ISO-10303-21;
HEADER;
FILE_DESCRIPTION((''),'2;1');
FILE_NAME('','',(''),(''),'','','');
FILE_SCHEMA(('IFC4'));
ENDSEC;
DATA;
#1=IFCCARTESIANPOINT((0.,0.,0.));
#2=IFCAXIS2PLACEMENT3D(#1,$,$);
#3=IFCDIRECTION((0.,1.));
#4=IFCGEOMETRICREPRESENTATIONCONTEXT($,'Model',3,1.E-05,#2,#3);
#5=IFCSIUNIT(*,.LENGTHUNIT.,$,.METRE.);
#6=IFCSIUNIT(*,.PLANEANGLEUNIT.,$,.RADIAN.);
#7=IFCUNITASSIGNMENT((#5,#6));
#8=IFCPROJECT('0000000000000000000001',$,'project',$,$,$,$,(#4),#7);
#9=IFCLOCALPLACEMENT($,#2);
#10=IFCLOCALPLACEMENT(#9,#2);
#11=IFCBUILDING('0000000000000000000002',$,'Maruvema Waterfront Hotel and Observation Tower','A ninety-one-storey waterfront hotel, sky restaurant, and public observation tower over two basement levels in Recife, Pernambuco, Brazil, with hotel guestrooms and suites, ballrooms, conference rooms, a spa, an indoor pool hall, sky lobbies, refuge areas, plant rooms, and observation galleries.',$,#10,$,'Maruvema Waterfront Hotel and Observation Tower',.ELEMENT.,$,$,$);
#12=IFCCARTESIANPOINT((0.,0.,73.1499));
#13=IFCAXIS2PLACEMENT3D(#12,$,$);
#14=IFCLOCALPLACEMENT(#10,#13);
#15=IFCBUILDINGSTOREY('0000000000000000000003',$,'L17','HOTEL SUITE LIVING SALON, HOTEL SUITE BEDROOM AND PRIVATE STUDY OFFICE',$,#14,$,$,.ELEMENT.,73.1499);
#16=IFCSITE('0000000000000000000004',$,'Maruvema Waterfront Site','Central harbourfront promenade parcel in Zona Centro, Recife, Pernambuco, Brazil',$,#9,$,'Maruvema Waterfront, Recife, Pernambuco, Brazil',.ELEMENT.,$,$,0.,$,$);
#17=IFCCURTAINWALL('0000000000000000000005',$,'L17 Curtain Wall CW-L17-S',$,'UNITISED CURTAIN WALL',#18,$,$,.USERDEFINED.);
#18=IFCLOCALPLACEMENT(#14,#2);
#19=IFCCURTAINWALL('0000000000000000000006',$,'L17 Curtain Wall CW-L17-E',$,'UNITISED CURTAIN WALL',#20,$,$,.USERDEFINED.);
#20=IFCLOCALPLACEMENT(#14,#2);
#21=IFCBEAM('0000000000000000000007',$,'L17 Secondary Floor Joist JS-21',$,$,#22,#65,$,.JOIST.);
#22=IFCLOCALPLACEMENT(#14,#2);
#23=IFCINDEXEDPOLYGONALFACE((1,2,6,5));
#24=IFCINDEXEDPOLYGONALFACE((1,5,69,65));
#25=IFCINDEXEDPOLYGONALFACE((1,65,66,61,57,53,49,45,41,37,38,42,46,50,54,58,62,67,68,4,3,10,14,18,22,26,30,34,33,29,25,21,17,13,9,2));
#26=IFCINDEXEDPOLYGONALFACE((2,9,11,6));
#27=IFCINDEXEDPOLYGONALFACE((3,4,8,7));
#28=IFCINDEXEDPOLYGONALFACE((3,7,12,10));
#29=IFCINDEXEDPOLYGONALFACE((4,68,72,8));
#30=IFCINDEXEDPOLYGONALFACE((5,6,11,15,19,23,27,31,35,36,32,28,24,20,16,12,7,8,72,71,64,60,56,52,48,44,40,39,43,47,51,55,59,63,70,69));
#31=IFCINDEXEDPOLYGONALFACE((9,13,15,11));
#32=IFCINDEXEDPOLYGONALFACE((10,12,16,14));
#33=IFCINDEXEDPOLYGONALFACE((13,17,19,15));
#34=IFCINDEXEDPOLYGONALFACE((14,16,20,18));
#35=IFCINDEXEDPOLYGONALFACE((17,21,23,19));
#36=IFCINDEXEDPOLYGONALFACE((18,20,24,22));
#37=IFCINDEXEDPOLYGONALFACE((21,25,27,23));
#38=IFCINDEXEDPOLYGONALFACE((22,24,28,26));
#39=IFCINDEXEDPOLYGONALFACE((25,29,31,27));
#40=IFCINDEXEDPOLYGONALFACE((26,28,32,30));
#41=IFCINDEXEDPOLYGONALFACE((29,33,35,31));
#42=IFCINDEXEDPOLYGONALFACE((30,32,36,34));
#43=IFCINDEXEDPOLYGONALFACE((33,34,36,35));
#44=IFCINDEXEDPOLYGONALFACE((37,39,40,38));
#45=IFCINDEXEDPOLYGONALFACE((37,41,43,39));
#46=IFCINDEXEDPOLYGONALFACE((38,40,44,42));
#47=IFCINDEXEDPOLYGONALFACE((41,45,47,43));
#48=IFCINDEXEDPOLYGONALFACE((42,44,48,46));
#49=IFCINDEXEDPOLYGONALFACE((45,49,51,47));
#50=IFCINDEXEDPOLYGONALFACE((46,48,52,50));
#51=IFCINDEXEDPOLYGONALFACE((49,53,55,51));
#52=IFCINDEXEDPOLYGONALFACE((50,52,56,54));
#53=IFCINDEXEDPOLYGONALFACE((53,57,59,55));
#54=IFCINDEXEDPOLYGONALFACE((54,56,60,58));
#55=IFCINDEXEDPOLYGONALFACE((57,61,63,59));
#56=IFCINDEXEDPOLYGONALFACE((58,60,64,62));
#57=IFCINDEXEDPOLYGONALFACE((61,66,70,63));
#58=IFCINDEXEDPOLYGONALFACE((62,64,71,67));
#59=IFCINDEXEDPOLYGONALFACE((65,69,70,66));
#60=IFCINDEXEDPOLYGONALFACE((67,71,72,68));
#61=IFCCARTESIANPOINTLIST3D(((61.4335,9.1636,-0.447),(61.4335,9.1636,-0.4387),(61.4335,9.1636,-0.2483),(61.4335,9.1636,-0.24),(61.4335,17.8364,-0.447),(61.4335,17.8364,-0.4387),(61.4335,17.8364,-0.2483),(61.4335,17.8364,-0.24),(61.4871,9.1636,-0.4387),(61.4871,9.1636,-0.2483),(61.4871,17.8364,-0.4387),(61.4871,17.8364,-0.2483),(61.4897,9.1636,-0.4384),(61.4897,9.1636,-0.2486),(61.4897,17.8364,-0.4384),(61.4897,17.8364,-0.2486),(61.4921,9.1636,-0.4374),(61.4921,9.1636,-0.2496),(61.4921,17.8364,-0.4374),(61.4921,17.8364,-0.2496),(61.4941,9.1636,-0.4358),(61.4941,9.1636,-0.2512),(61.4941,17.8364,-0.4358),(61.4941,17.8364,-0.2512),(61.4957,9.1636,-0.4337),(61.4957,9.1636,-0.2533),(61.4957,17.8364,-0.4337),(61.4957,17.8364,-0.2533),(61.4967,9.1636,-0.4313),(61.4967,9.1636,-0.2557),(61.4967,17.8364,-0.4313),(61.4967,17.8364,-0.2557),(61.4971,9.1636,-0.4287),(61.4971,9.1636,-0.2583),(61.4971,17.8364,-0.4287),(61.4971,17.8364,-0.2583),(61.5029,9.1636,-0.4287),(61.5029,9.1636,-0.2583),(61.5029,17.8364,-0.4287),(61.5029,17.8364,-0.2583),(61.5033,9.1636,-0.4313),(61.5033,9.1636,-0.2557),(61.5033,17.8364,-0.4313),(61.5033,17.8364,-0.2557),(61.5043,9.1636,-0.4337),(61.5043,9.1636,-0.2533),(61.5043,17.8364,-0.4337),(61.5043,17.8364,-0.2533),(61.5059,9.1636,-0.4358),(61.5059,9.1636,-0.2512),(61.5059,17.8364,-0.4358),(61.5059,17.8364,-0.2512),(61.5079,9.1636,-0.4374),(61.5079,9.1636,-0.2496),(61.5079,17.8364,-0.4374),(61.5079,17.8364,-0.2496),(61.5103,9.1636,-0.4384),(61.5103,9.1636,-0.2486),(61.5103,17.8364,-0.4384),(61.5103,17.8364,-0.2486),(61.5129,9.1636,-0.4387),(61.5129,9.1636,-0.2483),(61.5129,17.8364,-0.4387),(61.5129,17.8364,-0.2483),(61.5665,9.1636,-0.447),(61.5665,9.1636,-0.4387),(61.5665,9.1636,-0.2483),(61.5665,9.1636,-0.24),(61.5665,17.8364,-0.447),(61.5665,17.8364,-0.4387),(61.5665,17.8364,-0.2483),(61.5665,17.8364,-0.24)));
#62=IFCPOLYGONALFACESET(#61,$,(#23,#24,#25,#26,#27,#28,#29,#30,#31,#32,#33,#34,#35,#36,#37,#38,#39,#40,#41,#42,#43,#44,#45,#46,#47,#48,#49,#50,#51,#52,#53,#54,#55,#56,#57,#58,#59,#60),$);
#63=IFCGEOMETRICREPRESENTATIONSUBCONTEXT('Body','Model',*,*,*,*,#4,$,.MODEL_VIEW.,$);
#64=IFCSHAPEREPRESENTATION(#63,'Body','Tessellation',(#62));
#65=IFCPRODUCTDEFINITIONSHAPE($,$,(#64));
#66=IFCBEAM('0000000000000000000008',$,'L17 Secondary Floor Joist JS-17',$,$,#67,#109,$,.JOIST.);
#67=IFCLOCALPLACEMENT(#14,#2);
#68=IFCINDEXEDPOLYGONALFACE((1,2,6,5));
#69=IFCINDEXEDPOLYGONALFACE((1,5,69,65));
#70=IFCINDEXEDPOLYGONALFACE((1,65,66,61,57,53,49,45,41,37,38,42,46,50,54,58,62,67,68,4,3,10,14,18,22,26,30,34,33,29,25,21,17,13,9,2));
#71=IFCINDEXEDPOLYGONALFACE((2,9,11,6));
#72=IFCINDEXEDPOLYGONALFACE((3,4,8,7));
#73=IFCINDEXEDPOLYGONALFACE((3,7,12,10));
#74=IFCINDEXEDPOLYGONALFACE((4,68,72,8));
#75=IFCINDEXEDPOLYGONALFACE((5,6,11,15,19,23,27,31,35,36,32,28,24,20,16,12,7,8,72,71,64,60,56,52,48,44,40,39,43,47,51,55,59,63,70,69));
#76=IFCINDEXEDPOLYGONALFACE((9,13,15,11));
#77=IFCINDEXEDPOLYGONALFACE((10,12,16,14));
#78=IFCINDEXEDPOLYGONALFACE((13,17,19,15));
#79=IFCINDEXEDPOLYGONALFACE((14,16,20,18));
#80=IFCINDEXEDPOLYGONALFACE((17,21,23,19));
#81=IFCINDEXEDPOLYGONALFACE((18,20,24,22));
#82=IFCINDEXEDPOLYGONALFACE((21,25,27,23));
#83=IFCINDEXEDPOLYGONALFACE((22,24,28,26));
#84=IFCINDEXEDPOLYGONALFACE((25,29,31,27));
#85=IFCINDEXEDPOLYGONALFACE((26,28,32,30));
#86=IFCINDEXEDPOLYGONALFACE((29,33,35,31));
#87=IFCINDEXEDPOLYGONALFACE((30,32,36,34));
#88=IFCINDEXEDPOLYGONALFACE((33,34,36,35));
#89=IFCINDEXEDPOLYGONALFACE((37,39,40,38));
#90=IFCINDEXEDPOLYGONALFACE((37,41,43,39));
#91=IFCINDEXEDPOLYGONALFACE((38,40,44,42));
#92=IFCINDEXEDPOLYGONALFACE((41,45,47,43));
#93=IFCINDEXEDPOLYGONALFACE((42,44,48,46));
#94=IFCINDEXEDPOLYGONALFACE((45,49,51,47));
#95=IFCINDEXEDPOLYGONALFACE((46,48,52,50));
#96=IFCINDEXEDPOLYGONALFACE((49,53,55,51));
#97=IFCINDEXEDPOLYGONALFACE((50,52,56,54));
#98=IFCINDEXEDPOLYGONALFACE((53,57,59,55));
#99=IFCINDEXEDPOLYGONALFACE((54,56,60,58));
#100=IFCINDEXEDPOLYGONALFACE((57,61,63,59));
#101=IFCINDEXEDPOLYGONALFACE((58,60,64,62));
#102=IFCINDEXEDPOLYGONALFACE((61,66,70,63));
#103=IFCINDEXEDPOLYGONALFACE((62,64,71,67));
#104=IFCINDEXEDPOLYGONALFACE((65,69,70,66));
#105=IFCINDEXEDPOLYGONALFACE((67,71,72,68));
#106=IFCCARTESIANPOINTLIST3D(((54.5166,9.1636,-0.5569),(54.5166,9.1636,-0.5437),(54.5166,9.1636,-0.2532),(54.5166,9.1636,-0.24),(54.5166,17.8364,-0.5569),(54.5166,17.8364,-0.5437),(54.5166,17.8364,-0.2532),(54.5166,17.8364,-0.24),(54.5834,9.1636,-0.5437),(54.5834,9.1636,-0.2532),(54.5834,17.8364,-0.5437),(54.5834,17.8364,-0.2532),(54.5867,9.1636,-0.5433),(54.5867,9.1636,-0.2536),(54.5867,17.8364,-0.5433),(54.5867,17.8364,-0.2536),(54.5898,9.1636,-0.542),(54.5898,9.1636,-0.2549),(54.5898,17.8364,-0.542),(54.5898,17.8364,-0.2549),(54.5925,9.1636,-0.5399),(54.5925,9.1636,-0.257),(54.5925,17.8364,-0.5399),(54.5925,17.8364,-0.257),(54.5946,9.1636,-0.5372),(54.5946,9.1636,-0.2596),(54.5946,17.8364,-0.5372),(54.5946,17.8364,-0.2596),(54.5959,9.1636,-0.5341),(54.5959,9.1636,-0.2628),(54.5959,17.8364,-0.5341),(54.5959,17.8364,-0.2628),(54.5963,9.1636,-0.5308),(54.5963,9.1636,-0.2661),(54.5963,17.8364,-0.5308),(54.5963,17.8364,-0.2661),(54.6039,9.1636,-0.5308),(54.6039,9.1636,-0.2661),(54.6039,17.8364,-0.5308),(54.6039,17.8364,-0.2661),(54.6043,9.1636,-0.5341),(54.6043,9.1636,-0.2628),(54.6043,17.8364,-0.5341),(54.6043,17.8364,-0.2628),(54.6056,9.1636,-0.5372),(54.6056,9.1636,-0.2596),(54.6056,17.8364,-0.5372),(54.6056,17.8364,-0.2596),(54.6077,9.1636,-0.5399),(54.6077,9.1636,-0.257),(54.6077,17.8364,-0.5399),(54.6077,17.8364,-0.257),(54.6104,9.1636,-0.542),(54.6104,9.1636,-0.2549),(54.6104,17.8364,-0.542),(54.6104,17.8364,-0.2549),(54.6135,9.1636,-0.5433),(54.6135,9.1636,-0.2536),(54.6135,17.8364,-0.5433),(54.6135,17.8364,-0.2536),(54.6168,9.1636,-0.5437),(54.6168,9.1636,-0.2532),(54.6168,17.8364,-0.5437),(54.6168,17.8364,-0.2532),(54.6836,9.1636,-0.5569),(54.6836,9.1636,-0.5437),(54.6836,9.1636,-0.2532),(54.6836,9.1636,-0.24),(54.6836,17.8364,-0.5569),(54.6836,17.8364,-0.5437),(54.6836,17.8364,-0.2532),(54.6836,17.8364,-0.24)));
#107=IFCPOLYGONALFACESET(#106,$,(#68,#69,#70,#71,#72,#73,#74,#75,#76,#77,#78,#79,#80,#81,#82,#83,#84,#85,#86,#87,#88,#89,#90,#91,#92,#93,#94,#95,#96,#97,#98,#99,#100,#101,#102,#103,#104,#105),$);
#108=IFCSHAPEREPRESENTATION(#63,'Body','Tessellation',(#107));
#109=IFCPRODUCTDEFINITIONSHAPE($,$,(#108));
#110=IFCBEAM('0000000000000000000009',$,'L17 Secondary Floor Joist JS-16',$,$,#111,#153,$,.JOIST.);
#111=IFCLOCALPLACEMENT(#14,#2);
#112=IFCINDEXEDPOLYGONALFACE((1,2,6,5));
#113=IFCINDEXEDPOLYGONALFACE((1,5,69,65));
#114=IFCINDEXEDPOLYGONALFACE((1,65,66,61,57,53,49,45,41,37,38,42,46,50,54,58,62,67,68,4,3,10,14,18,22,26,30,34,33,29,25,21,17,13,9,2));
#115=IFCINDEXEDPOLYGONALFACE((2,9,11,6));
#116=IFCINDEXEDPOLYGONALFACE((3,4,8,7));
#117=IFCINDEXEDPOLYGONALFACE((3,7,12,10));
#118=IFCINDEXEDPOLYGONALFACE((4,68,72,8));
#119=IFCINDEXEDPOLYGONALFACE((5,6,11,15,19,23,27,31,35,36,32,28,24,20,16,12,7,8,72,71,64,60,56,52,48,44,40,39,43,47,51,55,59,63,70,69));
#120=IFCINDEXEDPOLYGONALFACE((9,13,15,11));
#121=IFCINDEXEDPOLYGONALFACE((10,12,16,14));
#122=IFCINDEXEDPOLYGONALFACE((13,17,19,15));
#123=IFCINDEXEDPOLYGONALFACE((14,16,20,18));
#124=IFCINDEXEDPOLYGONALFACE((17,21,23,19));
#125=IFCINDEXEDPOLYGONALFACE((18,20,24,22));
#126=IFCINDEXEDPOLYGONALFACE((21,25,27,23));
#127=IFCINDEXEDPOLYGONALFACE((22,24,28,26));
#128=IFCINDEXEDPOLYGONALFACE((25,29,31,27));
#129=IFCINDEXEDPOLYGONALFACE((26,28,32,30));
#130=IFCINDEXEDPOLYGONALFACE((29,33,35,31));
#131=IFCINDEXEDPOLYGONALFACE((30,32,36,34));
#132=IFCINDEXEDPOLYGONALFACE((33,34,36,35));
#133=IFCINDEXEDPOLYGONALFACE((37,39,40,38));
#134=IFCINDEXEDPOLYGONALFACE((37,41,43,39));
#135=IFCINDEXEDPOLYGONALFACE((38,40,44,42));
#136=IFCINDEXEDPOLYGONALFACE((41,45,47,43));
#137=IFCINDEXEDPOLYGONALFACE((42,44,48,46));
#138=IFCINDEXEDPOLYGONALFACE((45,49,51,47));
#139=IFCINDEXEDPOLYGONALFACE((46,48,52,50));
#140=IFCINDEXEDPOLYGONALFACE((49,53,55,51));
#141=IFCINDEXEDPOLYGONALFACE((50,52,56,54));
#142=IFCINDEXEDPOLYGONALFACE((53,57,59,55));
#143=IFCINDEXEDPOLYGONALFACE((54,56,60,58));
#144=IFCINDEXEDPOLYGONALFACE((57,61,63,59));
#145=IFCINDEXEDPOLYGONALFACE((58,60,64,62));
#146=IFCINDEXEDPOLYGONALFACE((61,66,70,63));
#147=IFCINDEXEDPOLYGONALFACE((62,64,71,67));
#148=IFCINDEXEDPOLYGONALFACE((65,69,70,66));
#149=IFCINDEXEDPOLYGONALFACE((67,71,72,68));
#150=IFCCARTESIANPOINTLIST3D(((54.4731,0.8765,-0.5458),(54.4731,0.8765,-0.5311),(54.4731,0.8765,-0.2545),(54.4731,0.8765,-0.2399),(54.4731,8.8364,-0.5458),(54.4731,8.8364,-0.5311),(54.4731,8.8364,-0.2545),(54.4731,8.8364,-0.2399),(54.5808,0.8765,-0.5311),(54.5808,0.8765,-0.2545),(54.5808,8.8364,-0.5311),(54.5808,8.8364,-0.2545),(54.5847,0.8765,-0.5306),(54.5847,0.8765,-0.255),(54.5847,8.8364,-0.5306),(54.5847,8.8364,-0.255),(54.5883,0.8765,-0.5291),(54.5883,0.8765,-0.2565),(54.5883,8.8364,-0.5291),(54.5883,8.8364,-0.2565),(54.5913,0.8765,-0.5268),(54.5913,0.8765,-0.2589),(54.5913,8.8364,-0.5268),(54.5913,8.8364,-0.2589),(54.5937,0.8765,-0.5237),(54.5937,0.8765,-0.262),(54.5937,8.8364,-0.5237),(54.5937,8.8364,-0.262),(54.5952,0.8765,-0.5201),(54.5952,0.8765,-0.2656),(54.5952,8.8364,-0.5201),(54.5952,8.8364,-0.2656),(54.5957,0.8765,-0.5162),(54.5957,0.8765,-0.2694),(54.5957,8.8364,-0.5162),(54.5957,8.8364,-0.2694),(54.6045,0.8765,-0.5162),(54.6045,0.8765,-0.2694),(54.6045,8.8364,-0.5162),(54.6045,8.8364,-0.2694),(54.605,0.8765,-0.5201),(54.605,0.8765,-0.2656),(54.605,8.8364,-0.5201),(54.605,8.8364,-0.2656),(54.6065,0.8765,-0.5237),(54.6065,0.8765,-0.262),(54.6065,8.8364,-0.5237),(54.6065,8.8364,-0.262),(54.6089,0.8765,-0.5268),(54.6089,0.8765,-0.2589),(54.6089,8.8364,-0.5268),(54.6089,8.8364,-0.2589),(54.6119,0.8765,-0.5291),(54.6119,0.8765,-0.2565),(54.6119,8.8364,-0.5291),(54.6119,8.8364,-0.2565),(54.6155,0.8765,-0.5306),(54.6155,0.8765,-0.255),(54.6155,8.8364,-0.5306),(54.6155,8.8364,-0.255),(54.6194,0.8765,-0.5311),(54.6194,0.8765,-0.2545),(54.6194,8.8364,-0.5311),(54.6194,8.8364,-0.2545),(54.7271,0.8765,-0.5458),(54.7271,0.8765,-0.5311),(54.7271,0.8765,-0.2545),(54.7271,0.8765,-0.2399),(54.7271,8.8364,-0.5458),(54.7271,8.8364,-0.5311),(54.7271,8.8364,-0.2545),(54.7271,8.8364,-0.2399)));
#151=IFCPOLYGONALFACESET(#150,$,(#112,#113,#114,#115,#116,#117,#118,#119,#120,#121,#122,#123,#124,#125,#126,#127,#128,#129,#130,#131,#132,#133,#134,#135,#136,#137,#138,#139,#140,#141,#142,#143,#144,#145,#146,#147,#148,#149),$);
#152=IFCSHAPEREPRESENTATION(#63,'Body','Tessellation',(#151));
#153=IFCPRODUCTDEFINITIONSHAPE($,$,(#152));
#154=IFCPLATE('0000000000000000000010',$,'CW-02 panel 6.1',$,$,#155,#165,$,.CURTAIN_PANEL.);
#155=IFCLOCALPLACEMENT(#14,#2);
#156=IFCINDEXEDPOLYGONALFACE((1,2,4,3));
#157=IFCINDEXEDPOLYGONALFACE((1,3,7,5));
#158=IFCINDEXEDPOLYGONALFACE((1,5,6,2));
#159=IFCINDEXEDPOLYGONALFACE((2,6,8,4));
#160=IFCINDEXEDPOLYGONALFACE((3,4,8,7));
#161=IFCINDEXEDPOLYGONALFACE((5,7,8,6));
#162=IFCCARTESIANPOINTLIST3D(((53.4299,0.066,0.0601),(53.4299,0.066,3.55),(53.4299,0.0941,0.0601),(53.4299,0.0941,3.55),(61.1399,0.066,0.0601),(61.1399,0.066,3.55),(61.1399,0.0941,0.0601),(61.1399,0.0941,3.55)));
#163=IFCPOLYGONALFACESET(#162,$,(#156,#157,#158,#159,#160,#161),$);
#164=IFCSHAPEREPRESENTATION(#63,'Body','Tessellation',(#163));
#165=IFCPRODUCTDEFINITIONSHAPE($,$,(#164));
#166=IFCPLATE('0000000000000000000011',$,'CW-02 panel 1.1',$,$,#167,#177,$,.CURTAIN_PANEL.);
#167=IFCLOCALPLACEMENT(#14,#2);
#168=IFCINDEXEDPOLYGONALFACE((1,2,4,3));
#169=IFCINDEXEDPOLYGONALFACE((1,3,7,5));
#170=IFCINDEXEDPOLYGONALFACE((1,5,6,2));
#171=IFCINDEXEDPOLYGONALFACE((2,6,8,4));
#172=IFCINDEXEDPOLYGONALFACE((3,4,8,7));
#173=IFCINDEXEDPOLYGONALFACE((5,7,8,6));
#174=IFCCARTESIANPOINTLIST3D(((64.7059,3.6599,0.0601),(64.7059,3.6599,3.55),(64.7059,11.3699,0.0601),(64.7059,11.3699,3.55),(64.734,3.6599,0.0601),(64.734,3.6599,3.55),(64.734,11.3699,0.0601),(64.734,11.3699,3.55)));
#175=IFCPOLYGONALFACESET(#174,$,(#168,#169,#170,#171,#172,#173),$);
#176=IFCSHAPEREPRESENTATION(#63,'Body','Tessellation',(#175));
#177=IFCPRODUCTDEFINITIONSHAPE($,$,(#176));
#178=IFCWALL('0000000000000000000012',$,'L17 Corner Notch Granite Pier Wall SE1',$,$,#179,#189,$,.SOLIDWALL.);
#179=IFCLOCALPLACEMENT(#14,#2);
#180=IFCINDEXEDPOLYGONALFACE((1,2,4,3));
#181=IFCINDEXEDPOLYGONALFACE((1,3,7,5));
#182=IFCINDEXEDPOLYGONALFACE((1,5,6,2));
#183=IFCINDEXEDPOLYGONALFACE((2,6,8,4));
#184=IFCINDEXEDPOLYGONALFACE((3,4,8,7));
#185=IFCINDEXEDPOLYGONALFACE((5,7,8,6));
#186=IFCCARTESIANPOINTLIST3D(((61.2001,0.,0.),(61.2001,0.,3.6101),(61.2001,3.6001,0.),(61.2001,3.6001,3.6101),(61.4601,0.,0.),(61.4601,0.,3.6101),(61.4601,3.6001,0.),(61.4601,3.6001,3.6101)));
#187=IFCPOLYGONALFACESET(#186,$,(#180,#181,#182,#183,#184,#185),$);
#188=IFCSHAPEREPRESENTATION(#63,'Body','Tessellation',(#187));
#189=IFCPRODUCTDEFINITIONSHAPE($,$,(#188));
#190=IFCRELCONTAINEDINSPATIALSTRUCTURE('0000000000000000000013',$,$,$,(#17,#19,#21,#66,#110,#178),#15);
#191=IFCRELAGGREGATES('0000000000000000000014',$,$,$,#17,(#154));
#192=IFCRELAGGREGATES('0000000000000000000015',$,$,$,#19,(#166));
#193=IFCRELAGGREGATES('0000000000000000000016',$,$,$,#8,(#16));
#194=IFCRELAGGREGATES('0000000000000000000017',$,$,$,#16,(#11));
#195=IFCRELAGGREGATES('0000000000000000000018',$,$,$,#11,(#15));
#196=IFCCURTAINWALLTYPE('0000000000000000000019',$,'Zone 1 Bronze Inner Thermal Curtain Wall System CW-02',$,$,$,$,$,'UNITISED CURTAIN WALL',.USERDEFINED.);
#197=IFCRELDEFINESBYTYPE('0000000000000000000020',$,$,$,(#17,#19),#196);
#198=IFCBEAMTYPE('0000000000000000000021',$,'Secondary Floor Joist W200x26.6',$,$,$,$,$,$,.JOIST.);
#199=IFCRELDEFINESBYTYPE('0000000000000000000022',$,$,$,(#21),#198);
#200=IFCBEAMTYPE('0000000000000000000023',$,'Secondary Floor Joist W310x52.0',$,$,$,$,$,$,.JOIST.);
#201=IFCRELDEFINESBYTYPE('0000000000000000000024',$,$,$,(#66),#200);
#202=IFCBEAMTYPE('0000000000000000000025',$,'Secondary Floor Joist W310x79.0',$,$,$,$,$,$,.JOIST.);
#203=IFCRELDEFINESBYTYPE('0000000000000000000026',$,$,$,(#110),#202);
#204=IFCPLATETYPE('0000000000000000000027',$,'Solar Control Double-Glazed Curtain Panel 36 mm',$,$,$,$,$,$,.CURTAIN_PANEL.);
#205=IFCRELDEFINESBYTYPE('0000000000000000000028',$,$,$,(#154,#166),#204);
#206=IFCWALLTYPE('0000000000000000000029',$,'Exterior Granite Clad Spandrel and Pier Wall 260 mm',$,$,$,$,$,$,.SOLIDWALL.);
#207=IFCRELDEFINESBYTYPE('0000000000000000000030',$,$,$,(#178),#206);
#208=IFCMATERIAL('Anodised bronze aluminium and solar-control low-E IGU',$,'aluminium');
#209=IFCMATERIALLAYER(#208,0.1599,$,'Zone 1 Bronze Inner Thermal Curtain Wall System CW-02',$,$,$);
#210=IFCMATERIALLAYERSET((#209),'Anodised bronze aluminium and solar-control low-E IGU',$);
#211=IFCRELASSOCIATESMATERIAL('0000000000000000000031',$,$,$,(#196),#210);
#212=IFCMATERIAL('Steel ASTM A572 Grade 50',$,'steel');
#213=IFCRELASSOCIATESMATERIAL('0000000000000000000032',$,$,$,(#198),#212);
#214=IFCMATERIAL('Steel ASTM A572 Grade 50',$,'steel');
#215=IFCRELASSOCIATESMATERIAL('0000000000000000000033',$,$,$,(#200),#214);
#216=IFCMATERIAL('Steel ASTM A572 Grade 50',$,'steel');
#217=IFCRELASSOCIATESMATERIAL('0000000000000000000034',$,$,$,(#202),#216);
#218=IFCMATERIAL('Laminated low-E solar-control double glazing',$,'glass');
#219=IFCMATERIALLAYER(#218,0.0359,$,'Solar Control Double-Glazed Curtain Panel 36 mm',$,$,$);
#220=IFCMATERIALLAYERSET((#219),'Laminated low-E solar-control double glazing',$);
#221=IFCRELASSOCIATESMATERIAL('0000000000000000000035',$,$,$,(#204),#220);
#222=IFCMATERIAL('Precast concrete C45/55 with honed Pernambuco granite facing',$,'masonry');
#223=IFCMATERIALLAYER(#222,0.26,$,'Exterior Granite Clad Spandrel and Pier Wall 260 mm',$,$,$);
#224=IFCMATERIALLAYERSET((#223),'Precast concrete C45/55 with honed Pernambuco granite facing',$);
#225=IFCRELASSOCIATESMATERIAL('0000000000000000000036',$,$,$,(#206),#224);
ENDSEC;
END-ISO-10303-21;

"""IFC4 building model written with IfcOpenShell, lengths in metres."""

from ifc_helpers import new_model, si_unit, direction, frame, frame_2d, origin, origin_2d, place, context, subcontext, project, spatial, rectangle, i_section, extrude, material, layer, layer_set, material_profile, profile_set, type_object, element, aggregate, save


model = new_model("IFC4")

# Units and contexts
model_context = context("Model", 3, precision=1e-05, world=origin(), true_north=direction((0.0, 1.0)))
body_context = subcontext(model_context, "Body", "Model", "MODEL_VIEW")
ifc_project = project(units=[si_unit("LENGTHUNIT", "METRE"), si_unit("PLANEANGLEUNIT", "RADIAN")], contexts=[model_context])

# Site, building, storey
site_placement = place(None, origin())
site = spatial("IfcSite", under=ifc_project, at=site_placement, Name="Maruvema Waterfront Site", Description="Central harbourfront promenade parcel in Zona Centro, Recife, Pernambuco, Brazil", LongName="Maruvema Waterfront, Recife, Pernambuco, Brazil", CompositionType="ELEMENT", RefElevation=0.0)
building_placement = place(site_placement, origin())
building = spatial("IfcBuilding", under=site, at=building_placement, Name="Maruvema Waterfront Hotel and Observation Tower", Description="A ninety-one-storey waterfront hotel, sky restaurant, and public observation tower over two basement levels in Recife, Pernambuco, Brazil, with hotel guestrooms and suites, ballrooms, conference rooms, a spa, an indoor pool hall, sky lobbies, refuge areas, plant rooms, and observation galleries.", LongName="Maruvema Waterfront Hotel and Observation Tower", CompositionType="ELEMENT")
storey_placement = place(building_placement, frame((0.0, 0.0, 73.1499)))
storey = spatial("IfcBuildingStorey", under=building, at=storey_placement, Name="L17", Description="HOTEL SUITE LIVING SALON, HOTEL SUITE BEDROOM AND PRIVATE STUDY OFFICE", CompositionType="ELEMENT", Elevation=73.1499)

# Curtain walls
ifc_material_1 = material(Name="Anodised bronze aluminium and solar-control low-E IGU", Category="aluminium")
ifc_layer_1 = layer(ifc_material_1, 0.1599, Name="Zone 1 Bronze Inner Thermal Curtain Wall System CW-02")
ifc_layer_set_1 = layer_set([ifc_layer_1], Name="Anodised bronze aluminium and solar-control low-E IGU")
curtain_wall_type = type_object("IfcCurtainWallType", Name="Zone 1 Bronze Inner Thermal Curtain Wall System CW-02", ElementType="UNITISED CURTAIN WALL", PredefinedType="USERDEFINED", material=ifc_layer_set_1)
curtain_wall_1_placement = place(storey_placement, origin())
curtain_wall_1 = element("IfcCurtainWall", 1, at=curtain_wall_1_placement, inside=storey, type_object=curtain_wall_type, Name="L17 Curtain Wall CW-L17-S", ObjectType="UNITISED CURTAIN WALL", PredefinedType="USERDEFINED")
curtain_wall_2_placement = place(storey_placement, origin())
curtain_wall_2 = element("IfcCurtainWall", 2, at=curtain_wall_2_placement, inside=storey, type_object=curtain_wall_type, Name="L17 Curtain Wall CW-L17-E", ObjectType="UNITISED CURTAIN WALL", PredefinedType="USERDEFINED")

# Beams
ifc_material_2 = material(Name="Steel ASTM A572 Grade 50", Category="steel")
ifc_material_profile_1 = material_profile(ifc_material_2, i_section(OverallWidth=0.1331, OverallDepth=0.207, WebThickness=0.0059, FlangeThickness=0.0083, FilletRadius=0.01, at=origin_2d()), Name="W200x26.6")
ifc_profile_set_1 = profile_set([ifc_material_profile_1], Name="Steel ASTM A572 Grade 50")
beam_type_1 = type_object("IfcBeamType", Name="Secondary Floor Joist W200x26.6", PredefinedType="JOIST", material=ifc_profile_set_1)
beam_1_placement = place(storey_placement, frame((61.5, 9.1636, -0.3435), z_axis=(0.0, 1.0, 0.0), x_axis=(-1.0, 0.0, 0.0)))
element("IfcBeam", 3, at=beam_1_placement, inside=storey, type_object=beam_type_1, Name="L17 Secondary Floor Joist JS-21", PredefinedType="JOIST", context=body_context, shape_type="SweptSolid", body=[
    extrude(i_section(OverallWidth=0.1331, OverallDepth=0.207, WebThickness=0.0059, FlangeThickness=0.0083, FilletRadius=0.01, at=origin_2d()), origin(), (0.0, 0.0, 1.0), 8.6729),
])
ifc_material_3 = material(Name="Steel ASTM A572 Grade 50", Category="steel")
ifc_material_profile_2 = material_profile(ifc_material_3, i_section(OverallWidth=0.167, OverallDepth=0.3169, WebThickness=0.0076, FlangeThickness=0.0132, FilletRadius=0.0129, at=origin_2d()), Name="W310x52.0")
ifc_profile_set_2 = profile_set([ifc_material_profile_2], Name="Steel ASTM A572 Grade 50")
beam_type_2 = type_object("IfcBeamType", Name="Secondary Floor Joist W310x52.0", PredefinedType="JOIST", material=ifc_profile_set_2)
beam_2_placement = place(storey_placement, frame((54.6001, 9.1636, -0.3984), z_axis=(0.0, 1.0, 0.0), x_axis=(-1.0, 0.0, 0.0)))
element("IfcBeam", 4, at=beam_2_placement, inside=storey, type_object=beam_type_2, Name="L17 Secondary Floor Joist JS-17", PredefinedType="JOIST", context=body_context, shape_type="SweptSolid", body=[
    extrude(i_section(OverallWidth=0.167, OverallDepth=0.3169, WebThickness=0.0076, FlangeThickness=0.0132, FilletRadius=0.0129, at=origin_2d()), origin(), (0.0, 0.0, 1.0), 8.6729),
])
ifc_material_4 = material(Name="Steel ASTM A572 Grade 50", Category="steel")
ifc_material_profile_3 = material_profile(ifc_material_4, i_section(OverallWidth=0.2539, OverallDepth=0.3059, WebThickness=0.0088, FlangeThickness=0.0146, FilletRadius=0.0149, at=origin_2d()), Name="W310x79.0")
ifc_profile_set_3 = profile_set([ifc_material_profile_3], Name="Steel ASTM A572 Grade 50")
beam_type_3 = type_object("IfcBeamType", Name="Secondary Floor Joist W310x79.0", PredefinedType="JOIST", material=ifc_profile_set_3)
beam_3_placement = place(storey_placement, frame((54.6001, 0.8765, -0.3928), z_axis=(0.0, 1.0, 0.0), x_axis=(-1.0, 0.0, 0.0)))
element("IfcBeam", 5, at=beam_3_placement, inside=storey, type_object=beam_type_3, Name="L17 Secondary Floor Joist JS-16", PredefinedType="JOIST", context=body_context, shape_type="SweptSolid", body=[
    extrude(i_section(OverallWidth=0.2539, OverallDepth=0.3059, WebThickness=0.0088, FlangeThickness=0.0146, FilletRadius=0.0149, at=origin_2d()), origin(), (0.0, 0.0, 1.0), 7.96),
])

# Plates
ifc_material_5 = material(Name="Laminated low-E solar-control double glazing", Category="glass")
ifc_layer_2 = layer(ifc_material_5, 0.0359, Name="Solar Control Double-Glazed Curtain Panel 36 mm")
ifc_layer_set_2 = layer_set([ifc_layer_2], Name="Laminated low-E solar-control double glazing")
plate_type = type_object("IfcPlateType", Name="Solar Control Double-Glazed Curtain Panel 36 mm", PredefinedType="CURTAIN_PANEL", material=ifc_layer_set_2)
plate_1_placement = place(storey_placement, frame((57.2849, 0.0801, 0.0601), z_axis=(0.0, 0.0, 1.0), x_axis=(1.0, 0.0, 0.0)))
plate_1 = element("IfcPlate", 6, at=plate_1_placement, type_object=plate_type, Name="CW-02 panel 6.1", PredefinedType="CURTAIN_PANEL", context=body_context, shape_type="SweptSolid", body=[
    extrude(rectangle(XDim=7.71, YDim=0.0281, at=origin_2d()), origin(), (0.0, 0.0, 1.0), 3.49),
])
aggregate(curtain_wall_1, [plate_1])
plate_2_placement = place(storey_placement, frame((64.72, 7.5149, 0.0601), z_axis=(0.0, 0.0, 1.0), x_axis=(0.0, 1.0, 0.0)))
plate_2 = element("IfcPlate", 7, at=plate_2_placement, type_object=plate_type, Name="CW-02 panel 1.1", PredefinedType="CURTAIN_PANEL", context=body_context, shape_type="SweptSolid", body=[
    extrude(rectangle(XDim=7.71, YDim=0.0281, at=origin_2d()), origin(), (0.0, 0.0, 1.0), 3.49),
])
aggregate(curtain_wall_2, [plate_2])

# Wall
ifc_material_6 = material(Name="Precast concrete C45/55 with honed Pernambuco granite facing", Category="masonry")
ifc_layer_3 = layer(ifc_material_6, 0.26, Name="Exterior Granite Clad Spandrel and Pier Wall 260 mm")
ifc_layer_set_3 = layer_set([ifc_layer_3], Name="Precast concrete C45/55 with honed Pernambuco granite facing")
wall_type_1 = type_object("IfcWallType", Name="Exterior Granite Clad Spandrel and Pier Wall 260 mm", PredefinedType="SOLIDWALL", material=ifc_layer_set_3)
wall_1_placement = place(storey_placement, frame((61.3301, 3.6001, 0.0), z_axis=(0.0, 0.0, 1.0), x_axis=(0.0, -1.0, 0.0)))
element("IfcWall", 8, at=wall_1_placement, inside=storey, type_object=wall_type_1, Name="L17 Corner Notch Granite Pier Wall SE1", PredefinedType="SOLIDWALL", context=body_context, shape_type="SweptSolid", body=[
    extrude(rectangle(XDim=3.6001, YDim=0.26, at=frame_2d((1.8, 0.0))), origin(), (0.0, 0.0, 1.0), 3.6101),
])

save(model, "model.ifc")
